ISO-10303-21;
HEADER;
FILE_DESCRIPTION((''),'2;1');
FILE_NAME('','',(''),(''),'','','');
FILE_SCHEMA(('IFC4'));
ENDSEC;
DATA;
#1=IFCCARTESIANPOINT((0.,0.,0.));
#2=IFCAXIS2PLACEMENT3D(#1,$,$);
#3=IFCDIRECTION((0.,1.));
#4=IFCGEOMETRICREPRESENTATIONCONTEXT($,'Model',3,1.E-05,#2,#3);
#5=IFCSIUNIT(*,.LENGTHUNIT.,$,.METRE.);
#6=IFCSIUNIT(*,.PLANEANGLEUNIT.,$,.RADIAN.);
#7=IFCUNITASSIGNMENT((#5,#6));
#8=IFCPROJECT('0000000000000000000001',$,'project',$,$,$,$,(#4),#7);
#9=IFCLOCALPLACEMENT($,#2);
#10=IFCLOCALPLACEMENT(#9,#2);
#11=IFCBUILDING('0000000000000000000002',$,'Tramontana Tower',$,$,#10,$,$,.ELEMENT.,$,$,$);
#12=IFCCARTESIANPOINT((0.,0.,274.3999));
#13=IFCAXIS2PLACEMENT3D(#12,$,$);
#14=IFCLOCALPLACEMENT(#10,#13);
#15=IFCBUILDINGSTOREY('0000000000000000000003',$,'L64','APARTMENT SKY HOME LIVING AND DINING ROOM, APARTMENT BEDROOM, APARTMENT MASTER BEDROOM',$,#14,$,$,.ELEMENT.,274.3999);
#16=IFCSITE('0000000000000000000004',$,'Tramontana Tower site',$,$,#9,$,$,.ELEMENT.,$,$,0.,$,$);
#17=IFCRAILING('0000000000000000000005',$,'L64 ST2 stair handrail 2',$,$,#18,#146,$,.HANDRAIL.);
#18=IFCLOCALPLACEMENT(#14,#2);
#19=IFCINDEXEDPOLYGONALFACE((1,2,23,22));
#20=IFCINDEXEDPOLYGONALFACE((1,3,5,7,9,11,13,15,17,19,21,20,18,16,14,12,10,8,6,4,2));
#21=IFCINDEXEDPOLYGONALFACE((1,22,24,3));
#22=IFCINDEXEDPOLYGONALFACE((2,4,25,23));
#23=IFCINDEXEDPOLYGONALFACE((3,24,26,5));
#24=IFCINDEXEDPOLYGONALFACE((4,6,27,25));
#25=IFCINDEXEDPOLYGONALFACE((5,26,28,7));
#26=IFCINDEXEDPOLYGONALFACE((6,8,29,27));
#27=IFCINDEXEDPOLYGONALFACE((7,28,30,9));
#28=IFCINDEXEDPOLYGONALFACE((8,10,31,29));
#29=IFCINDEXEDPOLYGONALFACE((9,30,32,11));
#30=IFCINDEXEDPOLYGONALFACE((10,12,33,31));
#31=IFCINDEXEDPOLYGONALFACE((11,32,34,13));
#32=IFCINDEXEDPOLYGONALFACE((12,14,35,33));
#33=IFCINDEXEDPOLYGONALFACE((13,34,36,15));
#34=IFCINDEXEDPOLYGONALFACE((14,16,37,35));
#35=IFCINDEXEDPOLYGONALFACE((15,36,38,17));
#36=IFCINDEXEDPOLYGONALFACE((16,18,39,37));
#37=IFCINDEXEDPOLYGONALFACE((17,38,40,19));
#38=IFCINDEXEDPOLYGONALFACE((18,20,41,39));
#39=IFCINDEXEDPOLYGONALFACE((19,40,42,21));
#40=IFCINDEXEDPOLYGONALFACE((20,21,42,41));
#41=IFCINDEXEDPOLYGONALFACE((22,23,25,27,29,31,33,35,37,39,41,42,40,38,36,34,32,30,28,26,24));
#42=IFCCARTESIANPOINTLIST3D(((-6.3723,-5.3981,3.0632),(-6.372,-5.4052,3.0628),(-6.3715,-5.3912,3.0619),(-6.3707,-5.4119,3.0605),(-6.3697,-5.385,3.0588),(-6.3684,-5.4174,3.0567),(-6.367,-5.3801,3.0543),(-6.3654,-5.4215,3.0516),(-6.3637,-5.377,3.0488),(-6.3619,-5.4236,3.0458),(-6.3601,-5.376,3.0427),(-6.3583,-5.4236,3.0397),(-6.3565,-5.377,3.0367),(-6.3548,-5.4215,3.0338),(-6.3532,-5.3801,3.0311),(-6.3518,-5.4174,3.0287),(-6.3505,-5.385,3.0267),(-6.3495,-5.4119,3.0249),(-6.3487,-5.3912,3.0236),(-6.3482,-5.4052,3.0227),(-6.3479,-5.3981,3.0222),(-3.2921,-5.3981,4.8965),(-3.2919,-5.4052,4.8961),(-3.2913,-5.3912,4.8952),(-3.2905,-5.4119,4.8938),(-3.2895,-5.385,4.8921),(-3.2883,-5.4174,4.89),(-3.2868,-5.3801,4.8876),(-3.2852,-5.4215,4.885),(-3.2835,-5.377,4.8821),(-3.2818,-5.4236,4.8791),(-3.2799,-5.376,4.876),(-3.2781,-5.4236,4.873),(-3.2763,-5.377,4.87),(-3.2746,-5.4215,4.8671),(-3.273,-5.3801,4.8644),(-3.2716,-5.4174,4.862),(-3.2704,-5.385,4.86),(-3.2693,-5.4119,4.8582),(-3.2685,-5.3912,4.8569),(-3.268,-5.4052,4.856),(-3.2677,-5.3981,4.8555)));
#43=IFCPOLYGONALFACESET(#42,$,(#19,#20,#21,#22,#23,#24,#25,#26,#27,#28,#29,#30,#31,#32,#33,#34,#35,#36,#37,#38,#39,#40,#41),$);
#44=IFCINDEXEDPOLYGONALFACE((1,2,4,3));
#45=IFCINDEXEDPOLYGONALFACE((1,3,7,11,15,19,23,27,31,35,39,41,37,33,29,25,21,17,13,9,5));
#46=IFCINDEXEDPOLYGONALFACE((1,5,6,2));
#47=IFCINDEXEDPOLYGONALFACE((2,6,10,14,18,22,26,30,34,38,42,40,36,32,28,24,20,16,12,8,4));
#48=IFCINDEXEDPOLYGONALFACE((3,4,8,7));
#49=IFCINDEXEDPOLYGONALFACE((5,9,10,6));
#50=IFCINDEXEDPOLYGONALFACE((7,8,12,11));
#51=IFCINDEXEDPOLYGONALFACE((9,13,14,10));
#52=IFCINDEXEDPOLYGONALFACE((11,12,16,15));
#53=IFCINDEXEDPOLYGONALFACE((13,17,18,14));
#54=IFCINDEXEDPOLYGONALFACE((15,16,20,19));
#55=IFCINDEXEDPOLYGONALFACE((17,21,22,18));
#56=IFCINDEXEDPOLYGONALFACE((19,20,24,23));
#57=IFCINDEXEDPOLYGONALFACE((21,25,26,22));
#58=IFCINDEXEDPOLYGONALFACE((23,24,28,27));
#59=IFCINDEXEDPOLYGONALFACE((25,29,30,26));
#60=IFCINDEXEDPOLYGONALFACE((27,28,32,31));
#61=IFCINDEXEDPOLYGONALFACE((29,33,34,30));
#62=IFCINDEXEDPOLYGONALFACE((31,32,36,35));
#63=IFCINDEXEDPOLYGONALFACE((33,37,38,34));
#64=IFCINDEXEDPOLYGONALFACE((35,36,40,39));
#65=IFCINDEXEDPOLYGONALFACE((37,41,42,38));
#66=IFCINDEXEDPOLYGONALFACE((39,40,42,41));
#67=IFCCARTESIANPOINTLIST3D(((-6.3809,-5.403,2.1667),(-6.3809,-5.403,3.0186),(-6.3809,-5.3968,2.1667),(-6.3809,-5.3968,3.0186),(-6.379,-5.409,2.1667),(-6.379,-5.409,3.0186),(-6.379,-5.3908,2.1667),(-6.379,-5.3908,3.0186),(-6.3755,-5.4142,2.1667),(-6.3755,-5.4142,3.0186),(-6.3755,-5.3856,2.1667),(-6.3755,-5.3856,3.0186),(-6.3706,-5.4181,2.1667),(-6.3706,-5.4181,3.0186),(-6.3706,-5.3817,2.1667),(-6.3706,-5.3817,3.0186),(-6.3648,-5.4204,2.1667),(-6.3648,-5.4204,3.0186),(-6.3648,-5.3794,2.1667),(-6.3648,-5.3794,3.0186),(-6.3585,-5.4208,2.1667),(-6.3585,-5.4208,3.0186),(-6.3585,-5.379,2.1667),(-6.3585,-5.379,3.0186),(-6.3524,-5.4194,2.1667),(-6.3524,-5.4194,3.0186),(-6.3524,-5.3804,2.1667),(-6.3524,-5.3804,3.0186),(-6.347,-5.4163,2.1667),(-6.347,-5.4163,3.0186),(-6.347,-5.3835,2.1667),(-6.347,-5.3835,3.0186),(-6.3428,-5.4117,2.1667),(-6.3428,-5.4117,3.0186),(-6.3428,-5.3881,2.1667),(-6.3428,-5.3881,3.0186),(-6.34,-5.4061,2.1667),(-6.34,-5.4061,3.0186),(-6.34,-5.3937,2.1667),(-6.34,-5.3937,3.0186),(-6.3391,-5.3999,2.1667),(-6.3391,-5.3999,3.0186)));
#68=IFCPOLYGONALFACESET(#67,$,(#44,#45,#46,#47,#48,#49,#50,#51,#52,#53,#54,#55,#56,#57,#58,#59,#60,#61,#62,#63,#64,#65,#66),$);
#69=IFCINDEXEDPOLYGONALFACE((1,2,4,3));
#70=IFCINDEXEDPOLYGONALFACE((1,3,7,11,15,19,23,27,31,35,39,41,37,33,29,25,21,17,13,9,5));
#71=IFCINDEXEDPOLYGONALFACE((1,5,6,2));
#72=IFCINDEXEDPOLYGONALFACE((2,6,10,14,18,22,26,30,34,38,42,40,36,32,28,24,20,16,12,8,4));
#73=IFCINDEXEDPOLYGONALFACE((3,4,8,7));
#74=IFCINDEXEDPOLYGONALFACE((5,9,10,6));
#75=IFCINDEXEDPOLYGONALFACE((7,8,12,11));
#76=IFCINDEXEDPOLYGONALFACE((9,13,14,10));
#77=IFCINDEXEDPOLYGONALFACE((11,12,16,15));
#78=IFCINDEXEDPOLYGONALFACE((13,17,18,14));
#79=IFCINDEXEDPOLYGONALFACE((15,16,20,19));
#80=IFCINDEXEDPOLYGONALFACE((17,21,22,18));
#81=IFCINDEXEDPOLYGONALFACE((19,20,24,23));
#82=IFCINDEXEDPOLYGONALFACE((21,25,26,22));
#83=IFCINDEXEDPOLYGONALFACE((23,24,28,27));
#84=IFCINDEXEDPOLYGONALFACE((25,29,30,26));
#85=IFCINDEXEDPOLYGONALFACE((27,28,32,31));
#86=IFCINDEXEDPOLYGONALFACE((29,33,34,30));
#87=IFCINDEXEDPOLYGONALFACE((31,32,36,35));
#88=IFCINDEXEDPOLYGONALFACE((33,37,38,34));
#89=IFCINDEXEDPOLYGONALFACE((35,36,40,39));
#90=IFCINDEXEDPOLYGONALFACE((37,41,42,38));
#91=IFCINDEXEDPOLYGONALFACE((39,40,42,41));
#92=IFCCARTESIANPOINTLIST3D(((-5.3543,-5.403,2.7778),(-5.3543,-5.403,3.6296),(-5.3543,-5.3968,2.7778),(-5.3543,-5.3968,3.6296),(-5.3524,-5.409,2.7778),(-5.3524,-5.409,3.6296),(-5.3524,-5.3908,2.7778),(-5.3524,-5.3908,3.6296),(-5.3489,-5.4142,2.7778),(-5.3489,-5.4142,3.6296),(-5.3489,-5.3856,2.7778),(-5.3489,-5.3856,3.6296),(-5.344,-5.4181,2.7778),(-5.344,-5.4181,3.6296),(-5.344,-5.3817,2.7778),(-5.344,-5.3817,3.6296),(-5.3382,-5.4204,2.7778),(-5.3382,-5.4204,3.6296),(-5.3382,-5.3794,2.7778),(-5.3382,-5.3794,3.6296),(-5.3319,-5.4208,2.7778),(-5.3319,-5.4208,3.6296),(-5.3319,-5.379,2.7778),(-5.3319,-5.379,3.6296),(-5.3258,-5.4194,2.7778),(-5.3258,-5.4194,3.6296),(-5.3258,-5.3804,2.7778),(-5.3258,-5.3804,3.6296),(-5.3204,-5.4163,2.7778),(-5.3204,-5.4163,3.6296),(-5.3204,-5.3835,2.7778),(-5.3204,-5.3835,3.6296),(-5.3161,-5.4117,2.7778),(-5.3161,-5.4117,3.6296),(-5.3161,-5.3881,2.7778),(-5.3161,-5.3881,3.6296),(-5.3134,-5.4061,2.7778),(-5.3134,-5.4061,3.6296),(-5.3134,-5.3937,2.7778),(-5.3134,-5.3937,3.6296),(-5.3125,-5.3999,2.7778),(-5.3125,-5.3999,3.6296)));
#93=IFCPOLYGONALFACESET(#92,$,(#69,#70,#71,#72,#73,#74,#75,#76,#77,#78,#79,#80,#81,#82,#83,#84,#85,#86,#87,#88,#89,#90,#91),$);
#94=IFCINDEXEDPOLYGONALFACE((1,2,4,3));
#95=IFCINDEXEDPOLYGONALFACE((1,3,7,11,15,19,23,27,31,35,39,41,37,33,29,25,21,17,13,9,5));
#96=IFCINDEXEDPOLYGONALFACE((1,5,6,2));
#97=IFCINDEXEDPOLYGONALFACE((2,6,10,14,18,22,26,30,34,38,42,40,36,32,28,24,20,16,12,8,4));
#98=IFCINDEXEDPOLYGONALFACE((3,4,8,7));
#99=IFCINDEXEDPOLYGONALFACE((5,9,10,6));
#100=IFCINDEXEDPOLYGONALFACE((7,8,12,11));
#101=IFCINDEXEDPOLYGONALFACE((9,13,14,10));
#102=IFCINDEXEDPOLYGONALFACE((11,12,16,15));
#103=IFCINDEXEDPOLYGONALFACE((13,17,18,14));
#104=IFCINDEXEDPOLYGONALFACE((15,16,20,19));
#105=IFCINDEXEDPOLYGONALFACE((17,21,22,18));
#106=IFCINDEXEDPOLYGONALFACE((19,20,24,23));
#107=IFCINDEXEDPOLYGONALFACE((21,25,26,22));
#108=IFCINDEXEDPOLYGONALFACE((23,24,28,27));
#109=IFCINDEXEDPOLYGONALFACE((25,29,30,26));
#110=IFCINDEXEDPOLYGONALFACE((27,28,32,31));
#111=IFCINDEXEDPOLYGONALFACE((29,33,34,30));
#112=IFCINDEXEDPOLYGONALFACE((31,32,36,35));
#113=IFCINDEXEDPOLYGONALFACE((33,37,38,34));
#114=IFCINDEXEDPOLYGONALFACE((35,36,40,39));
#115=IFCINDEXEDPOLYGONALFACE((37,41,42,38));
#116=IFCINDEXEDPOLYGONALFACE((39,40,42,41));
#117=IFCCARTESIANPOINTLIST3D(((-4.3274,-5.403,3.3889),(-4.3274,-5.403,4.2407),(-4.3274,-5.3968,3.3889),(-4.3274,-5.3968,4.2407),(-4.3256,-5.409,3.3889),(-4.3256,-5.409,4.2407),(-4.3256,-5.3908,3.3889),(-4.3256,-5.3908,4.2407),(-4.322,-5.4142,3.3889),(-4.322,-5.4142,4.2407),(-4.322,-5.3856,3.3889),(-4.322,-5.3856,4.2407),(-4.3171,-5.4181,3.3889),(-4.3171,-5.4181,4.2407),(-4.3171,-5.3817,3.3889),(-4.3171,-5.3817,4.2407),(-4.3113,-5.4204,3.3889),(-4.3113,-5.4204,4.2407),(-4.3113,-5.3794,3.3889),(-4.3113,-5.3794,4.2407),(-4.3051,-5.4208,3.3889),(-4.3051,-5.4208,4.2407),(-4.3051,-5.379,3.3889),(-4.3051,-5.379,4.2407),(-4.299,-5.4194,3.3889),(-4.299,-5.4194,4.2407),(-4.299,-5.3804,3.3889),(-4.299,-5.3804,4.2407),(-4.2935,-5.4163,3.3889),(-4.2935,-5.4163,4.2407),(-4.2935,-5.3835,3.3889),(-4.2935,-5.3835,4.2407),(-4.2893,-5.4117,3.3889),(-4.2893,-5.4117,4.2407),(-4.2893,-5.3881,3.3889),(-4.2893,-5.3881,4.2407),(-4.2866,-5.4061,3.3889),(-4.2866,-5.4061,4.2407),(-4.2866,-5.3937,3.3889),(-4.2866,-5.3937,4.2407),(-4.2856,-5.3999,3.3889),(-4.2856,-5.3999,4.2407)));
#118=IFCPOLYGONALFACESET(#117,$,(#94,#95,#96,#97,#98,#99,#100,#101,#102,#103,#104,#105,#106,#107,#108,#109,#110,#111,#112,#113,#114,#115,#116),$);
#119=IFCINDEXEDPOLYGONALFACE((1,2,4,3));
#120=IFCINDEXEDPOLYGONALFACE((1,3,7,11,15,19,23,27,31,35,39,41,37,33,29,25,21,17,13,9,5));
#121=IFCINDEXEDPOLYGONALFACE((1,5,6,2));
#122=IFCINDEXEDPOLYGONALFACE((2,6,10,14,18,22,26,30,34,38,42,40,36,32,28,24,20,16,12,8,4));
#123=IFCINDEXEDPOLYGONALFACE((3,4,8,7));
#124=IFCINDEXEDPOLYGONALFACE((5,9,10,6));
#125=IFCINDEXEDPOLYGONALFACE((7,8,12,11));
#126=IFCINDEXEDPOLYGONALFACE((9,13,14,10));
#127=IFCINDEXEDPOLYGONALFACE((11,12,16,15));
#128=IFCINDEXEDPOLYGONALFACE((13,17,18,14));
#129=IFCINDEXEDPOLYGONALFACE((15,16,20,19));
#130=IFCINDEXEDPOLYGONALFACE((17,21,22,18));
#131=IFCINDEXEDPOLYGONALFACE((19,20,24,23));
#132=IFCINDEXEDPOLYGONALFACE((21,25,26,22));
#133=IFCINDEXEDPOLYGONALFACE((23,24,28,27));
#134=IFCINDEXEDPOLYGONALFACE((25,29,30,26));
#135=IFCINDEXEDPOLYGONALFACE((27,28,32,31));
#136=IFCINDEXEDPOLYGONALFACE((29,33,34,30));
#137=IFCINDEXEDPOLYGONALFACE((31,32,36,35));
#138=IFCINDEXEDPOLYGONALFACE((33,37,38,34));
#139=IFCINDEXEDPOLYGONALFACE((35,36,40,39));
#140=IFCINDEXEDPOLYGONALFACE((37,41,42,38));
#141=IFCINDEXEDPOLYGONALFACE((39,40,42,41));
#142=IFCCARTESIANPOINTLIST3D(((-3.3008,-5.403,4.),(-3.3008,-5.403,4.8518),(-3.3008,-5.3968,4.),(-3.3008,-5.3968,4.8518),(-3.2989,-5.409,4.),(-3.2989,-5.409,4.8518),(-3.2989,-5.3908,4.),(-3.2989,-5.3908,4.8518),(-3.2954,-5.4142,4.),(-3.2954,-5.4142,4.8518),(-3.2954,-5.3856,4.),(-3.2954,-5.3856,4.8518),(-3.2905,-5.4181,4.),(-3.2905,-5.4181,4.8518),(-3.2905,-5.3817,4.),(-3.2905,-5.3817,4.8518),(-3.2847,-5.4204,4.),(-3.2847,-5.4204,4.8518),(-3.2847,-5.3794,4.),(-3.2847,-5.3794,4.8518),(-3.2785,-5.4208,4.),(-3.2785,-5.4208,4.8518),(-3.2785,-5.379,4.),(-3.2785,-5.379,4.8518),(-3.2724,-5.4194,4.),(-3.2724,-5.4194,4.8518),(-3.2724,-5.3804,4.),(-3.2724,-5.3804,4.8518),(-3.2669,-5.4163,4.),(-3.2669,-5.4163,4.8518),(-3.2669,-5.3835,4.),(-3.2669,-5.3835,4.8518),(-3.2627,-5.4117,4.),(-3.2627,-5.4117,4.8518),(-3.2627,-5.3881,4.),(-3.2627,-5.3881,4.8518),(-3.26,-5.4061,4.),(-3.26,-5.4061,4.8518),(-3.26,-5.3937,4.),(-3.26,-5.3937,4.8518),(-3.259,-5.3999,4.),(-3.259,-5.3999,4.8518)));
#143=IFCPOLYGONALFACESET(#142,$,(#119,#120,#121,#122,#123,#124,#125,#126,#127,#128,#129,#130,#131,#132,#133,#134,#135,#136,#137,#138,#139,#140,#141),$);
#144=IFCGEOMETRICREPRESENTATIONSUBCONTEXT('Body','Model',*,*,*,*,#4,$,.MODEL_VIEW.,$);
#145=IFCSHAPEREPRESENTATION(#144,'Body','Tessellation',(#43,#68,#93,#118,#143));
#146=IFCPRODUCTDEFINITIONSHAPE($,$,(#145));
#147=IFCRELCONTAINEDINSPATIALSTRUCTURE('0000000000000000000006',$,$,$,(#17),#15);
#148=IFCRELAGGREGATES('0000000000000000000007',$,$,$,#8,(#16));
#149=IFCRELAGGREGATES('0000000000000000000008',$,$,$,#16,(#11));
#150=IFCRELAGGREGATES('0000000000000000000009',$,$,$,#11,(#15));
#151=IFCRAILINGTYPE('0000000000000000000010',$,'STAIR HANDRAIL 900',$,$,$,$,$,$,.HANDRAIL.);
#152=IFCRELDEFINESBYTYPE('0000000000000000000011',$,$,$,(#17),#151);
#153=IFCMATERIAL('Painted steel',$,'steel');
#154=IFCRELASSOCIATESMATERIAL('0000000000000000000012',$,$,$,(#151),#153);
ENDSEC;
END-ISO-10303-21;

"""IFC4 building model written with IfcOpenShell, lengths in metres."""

from ifc_helpers import new_model, si_unit, direction, frame, origin, origin_2d, place, context, subcontext, project, spatial, circle, extrude, material, type_object, element, save


model = new_model("IFC4")

# Units and contexts
model_context = context("Model", 3, precision=1e-05, world=origin(), true_north=direction((0.0, 1.0)))
body_context = subcontext(model_context, "Body", "Model", "MODEL_VIEW")
ifc_project = project(units=[si_unit("LENGTHUNIT", "METRE"), si_unit("PLANEANGLEUNIT", "RADIAN")], contexts=[model_context])

# Site, building, storey
site_placement = place(None, origin())
site = spatial("IfcSite", under=ifc_project, at=site_placement, Name="Tramontana Tower site", CompositionType="ELEMENT", RefElevation=0.0)
building_placement = place(site_placement, origin())
building = spatial("IfcBuilding", under=site, at=building_placement, Name="Tramontana Tower", CompositionType="ELEMENT")
storey_placement = place(building_placement, frame((0.0, 0.0, 274.3999)))
storey = spatial("IfcBuildingStorey", under=building, at=storey_placement, Name="L64", Description="APARTMENT SKY HOME LIVING AND DINING ROOM, APARTMENT BEDROOM, APARTMENT MASTER BEDROOM", CompositionType="ELEMENT", Elevation=274.3999)

# Railing
ifc_material_1 = material(Name="Painted steel", Category="steel")
railing_type_1 = type_object("IfcRailingType", Name="STAIR HANDRAIL 900", PredefinedType="HANDRAIL", material=ifc_material_1)
railing_1_placement = place(storey_placement, frame((-6.3601, -5.3999, 2.1667)))
element("IfcRailing", 1, at=railing_1_placement, inside=storey, type_object=railing_type_1, Name="L64 ST2 stair handrail 2", PredefinedType="HANDRAIL", context=body_context, shape_type="SweptSolid", body=[
    extrude(circle(Radius=0.0239, at=origin_2d()), frame((0.0, 0.0, 0.876), z_axis=(0.859309, 0.0, 0.511458), x_axis=(0.0, 1.0, 0.0)), (0.0, 0.0, 1.0), 3.5845),
    extrude(circle(Radius=0.021, at=origin_2d()), origin(), (0.0, 0.0, 1.0), 0.8518),
    extrude(circle(Radius=0.021, at=origin_2d()), frame((1.0266, 0.0, 0.6111)), (0.0, 0.0, 1.0), 0.8518),
    extrude(circle(Radius=0.021, at=origin_2d()), frame((2.0535, 0.0, 1.2222)), (0.0, 0.0, 1.0), 0.8518),
    extrude(circle(Radius=0.021, at=origin_2d()), frame((3.0801, 0.0, 1.8333)), (0.0, 0.0, 1.0), 0.8518),
])

save(model, "model.ifc")
